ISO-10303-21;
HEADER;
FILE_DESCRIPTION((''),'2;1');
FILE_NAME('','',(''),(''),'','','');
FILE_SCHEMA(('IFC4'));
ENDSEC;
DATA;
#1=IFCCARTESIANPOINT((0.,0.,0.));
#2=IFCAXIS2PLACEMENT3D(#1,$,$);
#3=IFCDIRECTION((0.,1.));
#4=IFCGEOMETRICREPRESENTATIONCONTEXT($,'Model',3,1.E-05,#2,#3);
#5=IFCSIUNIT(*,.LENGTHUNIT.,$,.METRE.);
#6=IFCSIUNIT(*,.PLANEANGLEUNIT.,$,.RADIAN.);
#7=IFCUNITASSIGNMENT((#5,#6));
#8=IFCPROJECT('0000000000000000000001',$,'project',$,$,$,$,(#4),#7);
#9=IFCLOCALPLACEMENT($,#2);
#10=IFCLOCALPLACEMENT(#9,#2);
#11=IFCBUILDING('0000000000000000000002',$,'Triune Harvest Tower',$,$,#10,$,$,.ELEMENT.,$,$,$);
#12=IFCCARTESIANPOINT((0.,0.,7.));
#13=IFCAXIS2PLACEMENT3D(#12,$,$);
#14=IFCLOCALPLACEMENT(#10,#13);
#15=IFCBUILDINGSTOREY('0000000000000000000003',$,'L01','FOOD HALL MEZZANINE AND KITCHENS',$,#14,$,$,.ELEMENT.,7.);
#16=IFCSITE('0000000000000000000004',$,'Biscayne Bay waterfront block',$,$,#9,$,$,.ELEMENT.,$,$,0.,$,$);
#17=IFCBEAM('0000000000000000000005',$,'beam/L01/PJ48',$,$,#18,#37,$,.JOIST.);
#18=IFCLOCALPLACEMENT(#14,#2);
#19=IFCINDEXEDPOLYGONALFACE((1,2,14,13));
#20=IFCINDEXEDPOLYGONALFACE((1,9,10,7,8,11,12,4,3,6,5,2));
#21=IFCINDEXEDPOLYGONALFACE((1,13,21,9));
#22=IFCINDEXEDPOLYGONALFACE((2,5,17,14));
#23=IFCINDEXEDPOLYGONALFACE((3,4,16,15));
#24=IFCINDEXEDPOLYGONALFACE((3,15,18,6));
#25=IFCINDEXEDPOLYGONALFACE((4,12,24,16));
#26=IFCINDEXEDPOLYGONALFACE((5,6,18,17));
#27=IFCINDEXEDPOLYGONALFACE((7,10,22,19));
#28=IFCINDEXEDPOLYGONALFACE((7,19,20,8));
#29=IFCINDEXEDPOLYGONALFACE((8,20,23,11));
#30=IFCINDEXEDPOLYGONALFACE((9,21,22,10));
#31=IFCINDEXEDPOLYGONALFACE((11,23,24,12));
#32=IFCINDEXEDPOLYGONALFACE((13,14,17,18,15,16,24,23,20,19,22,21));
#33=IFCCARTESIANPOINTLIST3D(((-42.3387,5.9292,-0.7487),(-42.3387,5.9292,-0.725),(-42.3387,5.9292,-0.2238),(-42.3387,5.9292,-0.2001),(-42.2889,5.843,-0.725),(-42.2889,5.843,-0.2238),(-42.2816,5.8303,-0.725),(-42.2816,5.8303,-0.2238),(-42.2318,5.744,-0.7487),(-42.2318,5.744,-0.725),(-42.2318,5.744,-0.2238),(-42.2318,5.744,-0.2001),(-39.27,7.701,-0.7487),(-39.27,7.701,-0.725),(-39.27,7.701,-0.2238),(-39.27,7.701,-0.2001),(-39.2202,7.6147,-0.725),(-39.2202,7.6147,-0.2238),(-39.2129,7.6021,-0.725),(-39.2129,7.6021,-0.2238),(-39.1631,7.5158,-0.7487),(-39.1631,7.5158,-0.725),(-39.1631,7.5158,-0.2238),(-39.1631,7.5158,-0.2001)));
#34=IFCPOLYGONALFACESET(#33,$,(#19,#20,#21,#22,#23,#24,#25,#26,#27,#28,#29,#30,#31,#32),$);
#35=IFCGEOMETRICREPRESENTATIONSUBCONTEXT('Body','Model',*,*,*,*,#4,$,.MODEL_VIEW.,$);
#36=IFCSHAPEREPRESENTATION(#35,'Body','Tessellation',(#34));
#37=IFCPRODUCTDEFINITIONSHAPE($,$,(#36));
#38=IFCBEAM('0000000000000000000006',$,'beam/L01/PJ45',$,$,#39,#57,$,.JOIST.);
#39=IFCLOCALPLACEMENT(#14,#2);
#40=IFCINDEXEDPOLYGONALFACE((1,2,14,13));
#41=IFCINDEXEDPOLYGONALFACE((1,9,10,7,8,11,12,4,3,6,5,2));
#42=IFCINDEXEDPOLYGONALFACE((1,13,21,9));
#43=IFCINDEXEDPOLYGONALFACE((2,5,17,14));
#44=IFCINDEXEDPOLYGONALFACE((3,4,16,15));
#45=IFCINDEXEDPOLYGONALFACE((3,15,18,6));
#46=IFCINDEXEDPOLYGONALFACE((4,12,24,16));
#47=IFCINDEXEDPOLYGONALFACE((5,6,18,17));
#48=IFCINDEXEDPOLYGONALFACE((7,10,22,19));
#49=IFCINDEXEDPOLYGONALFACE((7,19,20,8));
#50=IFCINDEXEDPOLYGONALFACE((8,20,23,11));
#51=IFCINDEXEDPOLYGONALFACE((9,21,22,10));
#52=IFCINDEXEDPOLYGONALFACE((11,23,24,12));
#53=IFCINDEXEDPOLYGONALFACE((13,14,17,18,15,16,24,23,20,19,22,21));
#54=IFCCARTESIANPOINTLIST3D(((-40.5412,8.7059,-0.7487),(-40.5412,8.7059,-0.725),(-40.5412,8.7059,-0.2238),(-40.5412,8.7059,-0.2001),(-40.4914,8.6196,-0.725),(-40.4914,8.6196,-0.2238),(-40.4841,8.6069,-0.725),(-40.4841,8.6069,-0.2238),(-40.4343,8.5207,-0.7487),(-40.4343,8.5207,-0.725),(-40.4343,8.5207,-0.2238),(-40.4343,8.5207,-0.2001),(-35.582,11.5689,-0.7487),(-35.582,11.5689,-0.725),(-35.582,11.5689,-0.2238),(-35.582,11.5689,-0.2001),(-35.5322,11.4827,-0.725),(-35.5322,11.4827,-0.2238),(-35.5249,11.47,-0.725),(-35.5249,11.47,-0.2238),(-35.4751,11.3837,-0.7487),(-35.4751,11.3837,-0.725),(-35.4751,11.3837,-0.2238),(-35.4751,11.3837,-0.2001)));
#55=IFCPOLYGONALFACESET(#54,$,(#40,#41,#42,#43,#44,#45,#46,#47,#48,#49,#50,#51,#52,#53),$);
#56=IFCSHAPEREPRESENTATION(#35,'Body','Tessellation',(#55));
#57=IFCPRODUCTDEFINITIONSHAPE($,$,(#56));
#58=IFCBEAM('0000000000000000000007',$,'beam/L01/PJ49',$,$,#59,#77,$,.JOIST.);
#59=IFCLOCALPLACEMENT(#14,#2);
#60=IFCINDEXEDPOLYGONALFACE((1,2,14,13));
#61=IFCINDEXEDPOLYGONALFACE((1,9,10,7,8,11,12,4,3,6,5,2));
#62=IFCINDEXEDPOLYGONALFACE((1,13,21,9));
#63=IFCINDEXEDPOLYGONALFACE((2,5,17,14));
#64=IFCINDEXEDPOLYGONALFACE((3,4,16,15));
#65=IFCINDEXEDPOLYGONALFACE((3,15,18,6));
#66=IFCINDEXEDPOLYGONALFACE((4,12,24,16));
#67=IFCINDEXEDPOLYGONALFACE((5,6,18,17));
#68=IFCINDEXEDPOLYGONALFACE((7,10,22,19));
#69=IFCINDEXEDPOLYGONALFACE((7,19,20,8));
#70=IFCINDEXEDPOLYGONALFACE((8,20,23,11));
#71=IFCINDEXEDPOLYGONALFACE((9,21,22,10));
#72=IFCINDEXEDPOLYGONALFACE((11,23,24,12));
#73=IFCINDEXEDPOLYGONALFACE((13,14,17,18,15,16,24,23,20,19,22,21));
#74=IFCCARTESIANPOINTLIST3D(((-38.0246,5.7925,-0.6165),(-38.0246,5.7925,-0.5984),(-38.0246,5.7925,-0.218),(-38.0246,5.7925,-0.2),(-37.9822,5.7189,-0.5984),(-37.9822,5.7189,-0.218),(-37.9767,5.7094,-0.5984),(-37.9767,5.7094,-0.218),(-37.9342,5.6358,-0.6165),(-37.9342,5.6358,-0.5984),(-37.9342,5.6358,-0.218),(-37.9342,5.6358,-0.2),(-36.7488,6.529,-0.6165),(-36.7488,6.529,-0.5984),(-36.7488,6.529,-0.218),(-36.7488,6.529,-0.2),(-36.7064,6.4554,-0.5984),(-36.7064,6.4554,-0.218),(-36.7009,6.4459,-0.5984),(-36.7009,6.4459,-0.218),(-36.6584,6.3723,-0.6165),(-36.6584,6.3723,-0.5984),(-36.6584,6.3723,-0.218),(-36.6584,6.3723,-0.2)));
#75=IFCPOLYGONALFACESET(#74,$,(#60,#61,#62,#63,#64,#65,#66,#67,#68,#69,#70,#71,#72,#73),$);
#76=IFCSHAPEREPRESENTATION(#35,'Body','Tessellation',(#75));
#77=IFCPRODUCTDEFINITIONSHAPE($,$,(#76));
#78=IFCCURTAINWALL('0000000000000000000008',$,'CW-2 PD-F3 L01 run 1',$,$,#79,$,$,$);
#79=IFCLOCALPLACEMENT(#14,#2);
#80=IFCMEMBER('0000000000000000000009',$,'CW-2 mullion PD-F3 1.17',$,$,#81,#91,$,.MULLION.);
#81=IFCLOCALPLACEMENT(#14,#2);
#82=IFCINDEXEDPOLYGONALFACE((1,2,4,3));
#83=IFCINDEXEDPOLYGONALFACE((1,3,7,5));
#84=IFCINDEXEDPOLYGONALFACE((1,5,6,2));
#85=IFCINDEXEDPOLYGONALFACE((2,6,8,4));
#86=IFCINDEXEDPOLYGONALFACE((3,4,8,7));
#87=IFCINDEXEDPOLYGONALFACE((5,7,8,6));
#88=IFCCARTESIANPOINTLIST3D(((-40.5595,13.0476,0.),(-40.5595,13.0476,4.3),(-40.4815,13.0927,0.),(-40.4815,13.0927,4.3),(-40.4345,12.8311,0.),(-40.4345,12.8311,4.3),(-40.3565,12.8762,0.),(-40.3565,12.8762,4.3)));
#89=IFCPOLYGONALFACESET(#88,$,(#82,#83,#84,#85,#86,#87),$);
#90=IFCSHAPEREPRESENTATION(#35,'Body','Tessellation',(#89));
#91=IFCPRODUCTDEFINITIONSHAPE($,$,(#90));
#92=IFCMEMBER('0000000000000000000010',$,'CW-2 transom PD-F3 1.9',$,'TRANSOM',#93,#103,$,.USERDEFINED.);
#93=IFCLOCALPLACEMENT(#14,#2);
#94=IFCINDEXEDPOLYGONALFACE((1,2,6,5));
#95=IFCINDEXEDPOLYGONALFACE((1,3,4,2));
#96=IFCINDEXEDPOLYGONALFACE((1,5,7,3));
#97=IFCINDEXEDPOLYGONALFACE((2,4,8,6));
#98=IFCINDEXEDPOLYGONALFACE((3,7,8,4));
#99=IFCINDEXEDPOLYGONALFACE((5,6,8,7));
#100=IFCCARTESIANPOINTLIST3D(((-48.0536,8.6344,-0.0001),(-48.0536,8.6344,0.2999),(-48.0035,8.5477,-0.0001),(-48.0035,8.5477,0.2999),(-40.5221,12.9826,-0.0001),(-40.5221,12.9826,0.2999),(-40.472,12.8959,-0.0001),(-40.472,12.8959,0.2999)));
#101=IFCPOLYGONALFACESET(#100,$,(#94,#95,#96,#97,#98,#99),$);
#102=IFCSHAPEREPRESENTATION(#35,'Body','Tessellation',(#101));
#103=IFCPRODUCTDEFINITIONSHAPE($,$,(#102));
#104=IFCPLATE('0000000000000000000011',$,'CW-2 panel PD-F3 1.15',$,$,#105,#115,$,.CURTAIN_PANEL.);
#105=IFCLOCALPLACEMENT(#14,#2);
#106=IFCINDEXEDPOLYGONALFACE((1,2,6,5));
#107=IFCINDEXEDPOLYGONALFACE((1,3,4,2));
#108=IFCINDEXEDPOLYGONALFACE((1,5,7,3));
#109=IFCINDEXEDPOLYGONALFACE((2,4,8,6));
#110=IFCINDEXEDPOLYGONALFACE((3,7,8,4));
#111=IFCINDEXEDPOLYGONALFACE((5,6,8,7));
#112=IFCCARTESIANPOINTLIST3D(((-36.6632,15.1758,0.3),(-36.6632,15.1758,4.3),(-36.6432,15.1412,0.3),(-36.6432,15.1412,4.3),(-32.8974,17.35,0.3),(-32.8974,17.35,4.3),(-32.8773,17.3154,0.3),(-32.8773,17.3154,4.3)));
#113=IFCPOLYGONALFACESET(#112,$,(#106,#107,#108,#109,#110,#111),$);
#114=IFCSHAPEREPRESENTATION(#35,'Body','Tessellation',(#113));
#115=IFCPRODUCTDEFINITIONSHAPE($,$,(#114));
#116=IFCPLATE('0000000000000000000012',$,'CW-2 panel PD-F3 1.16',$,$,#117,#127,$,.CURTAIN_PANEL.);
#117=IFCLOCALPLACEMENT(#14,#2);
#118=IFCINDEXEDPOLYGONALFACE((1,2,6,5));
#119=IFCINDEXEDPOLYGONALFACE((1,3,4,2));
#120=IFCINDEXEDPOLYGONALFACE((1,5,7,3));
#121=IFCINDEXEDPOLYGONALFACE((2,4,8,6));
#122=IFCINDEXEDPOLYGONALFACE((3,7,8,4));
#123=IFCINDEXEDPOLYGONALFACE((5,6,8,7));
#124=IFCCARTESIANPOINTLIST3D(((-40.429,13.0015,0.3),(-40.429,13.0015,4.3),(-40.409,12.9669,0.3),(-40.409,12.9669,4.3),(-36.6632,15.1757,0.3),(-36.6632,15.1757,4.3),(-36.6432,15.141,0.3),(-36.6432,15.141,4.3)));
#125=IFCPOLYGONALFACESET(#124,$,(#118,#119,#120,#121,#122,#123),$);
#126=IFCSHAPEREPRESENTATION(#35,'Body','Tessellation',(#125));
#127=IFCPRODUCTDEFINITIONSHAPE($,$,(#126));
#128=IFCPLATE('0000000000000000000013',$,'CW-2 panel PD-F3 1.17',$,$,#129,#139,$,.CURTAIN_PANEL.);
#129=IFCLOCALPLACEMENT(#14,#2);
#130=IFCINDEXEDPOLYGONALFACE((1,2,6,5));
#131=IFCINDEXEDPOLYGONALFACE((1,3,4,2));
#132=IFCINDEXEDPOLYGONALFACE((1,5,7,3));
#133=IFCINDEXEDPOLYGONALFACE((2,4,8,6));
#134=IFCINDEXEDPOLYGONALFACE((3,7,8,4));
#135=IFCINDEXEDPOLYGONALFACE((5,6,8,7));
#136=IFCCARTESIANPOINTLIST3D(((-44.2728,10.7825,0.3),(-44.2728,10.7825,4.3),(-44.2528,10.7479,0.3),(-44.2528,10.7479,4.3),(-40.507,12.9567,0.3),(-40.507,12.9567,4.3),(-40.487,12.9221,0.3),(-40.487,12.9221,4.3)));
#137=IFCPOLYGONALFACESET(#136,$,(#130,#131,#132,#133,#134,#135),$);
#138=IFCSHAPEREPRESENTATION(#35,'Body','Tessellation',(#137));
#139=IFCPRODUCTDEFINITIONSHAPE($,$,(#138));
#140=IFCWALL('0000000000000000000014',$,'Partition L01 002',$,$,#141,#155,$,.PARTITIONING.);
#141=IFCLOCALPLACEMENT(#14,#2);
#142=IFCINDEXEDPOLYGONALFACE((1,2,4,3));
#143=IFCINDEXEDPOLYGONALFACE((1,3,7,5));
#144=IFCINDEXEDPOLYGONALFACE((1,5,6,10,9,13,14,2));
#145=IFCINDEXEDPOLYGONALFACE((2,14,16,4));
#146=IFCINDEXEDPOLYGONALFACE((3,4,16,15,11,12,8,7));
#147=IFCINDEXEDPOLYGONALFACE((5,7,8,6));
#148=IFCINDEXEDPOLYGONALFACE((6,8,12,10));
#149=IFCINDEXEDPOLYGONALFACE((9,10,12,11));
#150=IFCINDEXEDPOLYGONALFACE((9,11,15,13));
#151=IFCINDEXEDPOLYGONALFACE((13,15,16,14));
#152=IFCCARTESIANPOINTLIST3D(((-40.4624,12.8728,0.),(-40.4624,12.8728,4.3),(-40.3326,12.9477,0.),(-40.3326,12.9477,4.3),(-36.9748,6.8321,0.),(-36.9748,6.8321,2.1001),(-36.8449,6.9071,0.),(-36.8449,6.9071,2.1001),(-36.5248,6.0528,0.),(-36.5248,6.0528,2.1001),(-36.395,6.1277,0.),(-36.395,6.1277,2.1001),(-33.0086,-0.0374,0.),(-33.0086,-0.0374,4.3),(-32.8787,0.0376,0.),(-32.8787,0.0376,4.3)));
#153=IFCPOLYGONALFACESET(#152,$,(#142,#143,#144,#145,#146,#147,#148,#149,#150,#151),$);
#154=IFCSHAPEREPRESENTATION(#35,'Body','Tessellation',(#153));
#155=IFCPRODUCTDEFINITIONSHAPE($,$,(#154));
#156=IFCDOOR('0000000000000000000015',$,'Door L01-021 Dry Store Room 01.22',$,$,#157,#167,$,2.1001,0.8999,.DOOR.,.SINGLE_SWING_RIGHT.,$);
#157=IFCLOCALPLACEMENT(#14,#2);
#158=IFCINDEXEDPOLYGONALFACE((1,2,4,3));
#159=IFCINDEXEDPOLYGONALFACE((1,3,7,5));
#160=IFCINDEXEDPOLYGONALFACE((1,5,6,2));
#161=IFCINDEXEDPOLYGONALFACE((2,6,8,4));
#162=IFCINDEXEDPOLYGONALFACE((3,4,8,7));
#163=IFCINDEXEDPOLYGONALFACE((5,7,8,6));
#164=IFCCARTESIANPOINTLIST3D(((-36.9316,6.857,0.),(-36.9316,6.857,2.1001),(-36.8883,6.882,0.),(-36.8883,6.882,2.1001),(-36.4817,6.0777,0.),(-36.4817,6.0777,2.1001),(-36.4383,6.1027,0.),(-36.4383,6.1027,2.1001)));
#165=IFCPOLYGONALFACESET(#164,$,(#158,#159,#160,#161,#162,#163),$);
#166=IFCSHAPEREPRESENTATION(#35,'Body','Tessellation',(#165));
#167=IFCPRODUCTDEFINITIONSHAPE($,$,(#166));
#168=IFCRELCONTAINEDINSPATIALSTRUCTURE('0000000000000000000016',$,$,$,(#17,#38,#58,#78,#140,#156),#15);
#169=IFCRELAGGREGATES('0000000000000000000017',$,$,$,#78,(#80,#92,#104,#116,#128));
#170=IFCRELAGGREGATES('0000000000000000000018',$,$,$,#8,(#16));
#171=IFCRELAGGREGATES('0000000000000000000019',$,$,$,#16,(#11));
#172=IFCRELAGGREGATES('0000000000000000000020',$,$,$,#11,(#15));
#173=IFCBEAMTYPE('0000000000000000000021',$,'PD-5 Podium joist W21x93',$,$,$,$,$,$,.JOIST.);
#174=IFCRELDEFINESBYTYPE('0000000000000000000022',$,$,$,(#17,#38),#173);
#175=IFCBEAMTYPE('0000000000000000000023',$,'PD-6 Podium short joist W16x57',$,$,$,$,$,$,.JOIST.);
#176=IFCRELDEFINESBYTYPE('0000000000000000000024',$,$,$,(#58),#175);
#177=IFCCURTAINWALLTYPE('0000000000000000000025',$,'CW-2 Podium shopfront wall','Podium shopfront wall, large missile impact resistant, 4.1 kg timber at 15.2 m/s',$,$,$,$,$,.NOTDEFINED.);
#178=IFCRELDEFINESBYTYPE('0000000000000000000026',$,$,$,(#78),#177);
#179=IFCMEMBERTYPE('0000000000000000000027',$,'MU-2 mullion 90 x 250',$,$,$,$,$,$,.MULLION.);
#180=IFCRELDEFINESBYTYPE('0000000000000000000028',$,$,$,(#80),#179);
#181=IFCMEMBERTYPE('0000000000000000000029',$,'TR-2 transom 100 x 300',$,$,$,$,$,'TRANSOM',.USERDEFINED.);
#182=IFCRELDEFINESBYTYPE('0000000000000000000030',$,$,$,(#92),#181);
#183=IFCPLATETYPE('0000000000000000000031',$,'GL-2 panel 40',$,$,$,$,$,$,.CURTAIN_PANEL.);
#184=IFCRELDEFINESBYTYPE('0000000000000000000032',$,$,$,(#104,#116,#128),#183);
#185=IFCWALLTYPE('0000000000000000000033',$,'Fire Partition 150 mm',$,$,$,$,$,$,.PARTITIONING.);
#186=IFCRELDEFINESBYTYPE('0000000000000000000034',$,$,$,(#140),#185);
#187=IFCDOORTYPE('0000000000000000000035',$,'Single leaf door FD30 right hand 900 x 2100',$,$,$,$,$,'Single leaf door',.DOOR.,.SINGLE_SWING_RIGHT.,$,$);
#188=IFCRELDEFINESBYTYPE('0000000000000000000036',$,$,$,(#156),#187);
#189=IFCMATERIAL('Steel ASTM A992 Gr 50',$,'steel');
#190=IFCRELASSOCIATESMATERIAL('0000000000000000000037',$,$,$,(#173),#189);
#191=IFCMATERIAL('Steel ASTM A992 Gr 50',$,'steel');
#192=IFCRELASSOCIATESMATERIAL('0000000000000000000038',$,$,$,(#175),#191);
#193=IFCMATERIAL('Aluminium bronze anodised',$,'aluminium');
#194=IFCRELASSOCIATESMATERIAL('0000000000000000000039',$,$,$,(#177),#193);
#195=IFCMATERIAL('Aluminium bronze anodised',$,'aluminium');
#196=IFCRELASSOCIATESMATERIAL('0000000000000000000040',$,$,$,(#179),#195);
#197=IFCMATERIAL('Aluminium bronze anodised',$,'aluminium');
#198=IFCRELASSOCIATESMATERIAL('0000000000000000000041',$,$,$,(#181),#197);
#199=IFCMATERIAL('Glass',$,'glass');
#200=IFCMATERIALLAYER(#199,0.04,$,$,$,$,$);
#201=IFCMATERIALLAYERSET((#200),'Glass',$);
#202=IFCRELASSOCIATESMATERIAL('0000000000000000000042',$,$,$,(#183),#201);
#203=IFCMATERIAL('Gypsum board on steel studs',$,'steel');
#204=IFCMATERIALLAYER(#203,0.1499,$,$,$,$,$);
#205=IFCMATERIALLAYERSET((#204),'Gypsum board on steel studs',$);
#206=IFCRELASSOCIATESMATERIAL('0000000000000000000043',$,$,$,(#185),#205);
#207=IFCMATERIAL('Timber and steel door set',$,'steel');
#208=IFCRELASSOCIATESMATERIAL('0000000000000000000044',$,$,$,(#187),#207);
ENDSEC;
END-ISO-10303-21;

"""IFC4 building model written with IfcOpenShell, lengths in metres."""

from ifc_helpers import new_model, si_unit, direction, frame, frame_2d, origin, origin_2d, place, context, subcontext, project, spatial, rectangle, i_section, extrude, source, transform, mapped, material, layer, layer_set, material_profile, profile_set, type_object, element, fill, aggregate, save


model = new_model("IFC4")

# Units and contexts
model_context = context("Model", 3, precision=1e-05, world=origin(), true_north=direction((0.0, 1.0)))
body_context = subcontext(model_context, "Body", "Model", "MODEL_VIEW")
ifc_project = project(units=[si_unit("LENGTHUNIT", "METRE"), si_unit("PLANEANGLEUNIT", "RADIAN")], contexts=[model_context])

# Site, building, storey
site_placement = place(None, origin())
site = spatial("IfcSite", under=ifc_project, at=site_placement, Name="Biscayne Bay waterfront block", CompositionType="ELEMENT", RefElevation=0.0)
building_placement = place(site_placement, origin())
building = spatial("IfcBuilding", under=site, at=building_placement, Name="Triune Harvest Tower", CompositionType="ELEMENT")
storey_placement = place(building_placement, frame((0.0, 0.0, 7.0)))
storey = spatial("IfcBuildingStorey", under=building, at=storey_placement, Name="L01", Description="FOOD HALL MEZZANINE AND KITCHENS", CompositionType="ELEMENT", Elevation=7.0)

# Beams
ifc_material_1 = material(Name="Steel ASTM A992 Gr 50", Category="steel")
ifc_material_profile_1 = material_profile(ifc_material_1, i_section(OverallWidth=0.2139, OverallDepth=0.5486, WebThickness=0.0146, FlangeThickness=0.0237, at=origin_2d()), Name="W21x93")
ifc_profile_set_1 = profile_set([ifc_material_profile_1], Name="Steel ASTM A992 Gr 50")
beam_type_1 = type_object("IfcBeamType", Name="PD-5 Podium joist W21x93", PredefinedType="JOIST", material=ifc_profile_set_1)
shared_shape_1 = source(origin(), body_context, "Body", "SweptSolid", [
    extrude(i_section(OverallWidth=0.2139, OverallDepth=0.5486, WebThickness=0.0146, FlangeThickness=0.0237, at=origin_2d()), origin(), (0.0, 0.0, 1.0), 3.5435),
])
beam_1_placement = place(storey_placement, frame((-39.2166, 7.6084, -0.4744), z_axis=(-0.866017, -0.500015, 0.0), x_axis=(0.500015, -0.866017, 0.0)))
element("IfcBeam", 1, at=beam_1_placement, inside=storey, type_object=beam_type_1, Name="beam/L01/PJ48", PredefinedType="JOIST", context=body_context, shape_type="MappedRepresentation", body=[
    mapped(shared_shape_1, transform((0.0, 0.0, 0.0), scale=1.0)),
])
shared_shape_2 = source(origin(), body_context, "Body", "SweptSolid", [
    extrude(i_section(OverallWidth=0.2139, OverallDepth=0.5486, WebThickness=0.0146, FlangeThickness=0.0237, at=origin_2d()), origin(), (0.0, 0.0, 1.0), 5.7263),
])
beam_2_placement = place(storey_placement, frame((-35.5286, 11.4763, -0.4744), z_axis=(-0.866039, -0.499977, 0.0), x_axis=(0.499977, -0.866039, 0.0)))
element("IfcBeam", 2, at=beam_2_placement, inside=storey, type_object=beam_type_1, Name="beam/L01/PJ45", PredefinedType="JOIST", context=body_context, shape_type="MappedRepresentation", body=[
    mapped(shared_shape_2, transform((0.0, 0.0, 0.0), scale=1.0)),
])
ifc_material_2 = material(Name="Steel ASTM A992 Gr 50", Category="steel")
ifc_material_profile_2 = material_profile(ifc_material_2, i_section(OverallWidth=0.1809, OverallDepth=0.4165, WebThickness=0.011, FlangeThickness=0.0181, at=origin_2d()), Name="W16x57")
ifc_profile_set_2 = profile_set([ifc_material_profile_2], Name="Steel ASTM A992 Gr 50")
beam_type_2 = type_object("IfcBeamType", Name="PD-6 Podium short joist W16x57", PredefinedType="JOIST", material=ifc_profile_set_2)
shared_shape_3 = source(origin(), body_context, "Body", "SweptSolid", [
    extrude(i_section(OverallWidth=0.1809, OverallDepth=0.4165, WebThickness=0.011, FlangeThickness=0.0181, at=origin_2d()), origin(), (0.0, 0.0, 1.0), 1.4731),
])
beam_3_placement = place(storey_placement, frame((-36.7036, 6.4507, -0.4082), z_axis=(-0.866042, -0.499971, 0.0), x_axis=(0.499971, -0.866042, 0.0)))
element("IfcBeam", 3, at=beam_3_placement, inside=storey, type_object=beam_type_2, Name="beam/L01/PJ49", PredefinedType="JOIST", context=body_context, shape_type="MappedRepresentation", body=[
    mapped(shared_shape_3, transform((0.0, 0.0, 0.0), scale=1.0)),
])

# Curtain wall, members, plates
ifc_material_3 = material(Name="Aluminium bronze anodised", Category="aluminium")
curtain_wall_type = type_object("IfcCurtainWallType", Name="CW-2 Podium shopfront wall", Description="Podium shopfront wall, large missile impact resistant, 4.1 kg timber at 15.2 m/s", PredefinedType="NOTDEFINED", material=ifc_material_3)
curtain_wall_placement = place(storey_placement, origin())
curtain_wall = element("IfcCurtainWall", 4, at=curtain_wall_placement, inside=storey, type_object=curtain_wall_type, Name="CW-2 PD-F3 L01 run 1")
ifc_material_4 = material(Name="Aluminium bronze anodised", Category="aluminium")
ifc_material_profile_3 = material_profile(ifc_material_4, rectangle(XDim=0.25, YDim=0.0901, at=origin_2d()), Name="MU-2 mullion 90 x 250")
ifc_profile_set_3 = profile_set([ifc_material_profile_3], Name="Aluminium bronze anodised")
member_type_1 = type_object("IfcMemberType", Name="MU-2 mullion 90 x 250", PredefinedType="MULLION", material=ifc_profile_set_3)
shared_shape_4 = source(origin(), body_context, "Body", "SweptSolid", [
    extrude(rectangle(XDim=0.25, YDim=0.0901, at=origin_2d()), origin(), (0.0, 0.0, 1.0), 4.3),
])
member_1_placement = place(storey_placement, frame((-40.458, 12.9619, 0.0), z_axis=(0.0, 0.0, 1.0), x_axis=(0.5, -0.866025, 0.0)))
member_1 = element("IfcMember", 5, at=member_1_placement, type_object=member_type_1, Name="CW-2 mullion PD-F3 1.17", PredefinedType="MULLION", context=body_context, shape_type="MappedRepresentation", body=[
    mapped(shared_shape_4, transform((0.0, 0.0, 0.0), scale=1.0)),
])
ifc_material_5 = material(Name="Aluminium bronze anodised", Category="aluminium")
ifc_material_profile_4 = material_profile(ifc_material_5, rectangle(XDim=0.1001, YDim=0.3, at=origin_2d()), Name="TR-2 transom 100 x 300")
ifc_profile_set_4 = profile_set([ifc_material_profile_4], Name="Aluminium bronze anodised")
member_type_2 = type_object("IfcMemberType", Name="TR-2 transom 100 x 300", ElementType="TRANSOM", PredefinedType="USERDEFINED", material=ifc_profile_set_4)
shared_shape_5 = source(origin(), body_context, "Body", "SweptSolid", [
    extrude(rectangle(XDim=0.1001, YDim=0.3, at=origin_2d()), origin(), (0.0, 0.0, 1.0), 8.6965),
])
member_2_placement = place(storey_placement, frame((-40.4971, 12.9392, 0.1499), z_axis=(-0.866034, -0.499986, 0.0), x_axis=(0.499986, -0.866034, 0.0)))
member_2 = element("IfcMember", 6, at=member_2_placement, type_object=member_type_2, Name="CW-2 transom PD-F3 1.9", ObjectType="TRANSOM", PredefinedType="USERDEFINED", context=body_context, shape_type="MappedRepresentation", body=[
    mapped(shared_shape_5, transform((0.0, 0.0, 0.0), scale=1.0)),
])
ifc_material_6 = material(Name="Glass", Category="glass")
ifc_layer_1 = layer(ifc_material_6, 0.04)
ifc_layer_set_1 = layer_set([ifc_layer_1], Name="Glass")
plate_type = type_object("IfcPlateType", Name="GL-2 panel 40", PredefinedType="CURTAIN_PANEL", material=ifc_layer_set_1)
shared_shape_6 = source(origin(), body_context, "Body", "SweptSolid", [
    extrude(rectangle(XDim=4.3484, YDim=0.04, at=origin_2d()), origin(), (0.0, 0.0, 1.0), 4.0),
])
plate_1_placement = place(storey_placement, frame((-34.7703, 16.2456, 0.3), z_axis=(0.0, 0.0, 1.0), x_axis=(-0.866025, -0.5, 0.0)))
plate_1 = element("IfcPlate", 7, at=plate_1_placement, type_object=plate_type, Name="CW-2 panel PD-F3 1.15", PredefinedType="CURTAIN_PANEL", context=body_context, shape_type="MappedRepresentation", body=[
    mapped(shared_shape_6, transform((0.0, 0.0, 0.0), scale=1.0)),
])
plate_2_placement = place(storey_placement, frame((-38.5361, 14.0713, 0.3), z_axis=(0.0, 0.0, 1.0), x_axis=(-0.866025, -0.5, 0.0)))
plate_2 = element("IfcPlate", 8, at=plate_2_placement, type_object=plate_type, Name="CW-2 panel PD-F3 1.16", PredefinedType="CURTAIN_PANEL", context=body_context, shape_type="MappedRepresentation", body=[
    mapped(shared_shape_6, transform((0.0, 0.0, 0.0), scale=1.0)),
])
plate_3_placement = place(storey_placement, frame((-42.3799, 11.8523, 0.3), z_axis=(0.0, 0.0, 1.0), x_axis=(-0.866025, -0.5, 0.0)))
plate_3 = element("IfcPlate", 9, at=plate_3_placement, type_object=plate_type, Name="CW-2 panel PD-F3 1.17", PredefinedType="CURTAIN_PANEL", context=body_context, shape_type="MappedRepresentation", body=[
    mapped(shared_shape_6, transform((0.0, 0.0, 0.0), scale=1.0)),
])
aggregate(curtain_wall, [member_1, member_2, plate_1, plate_2, plate_3])

# Wall, opening, door
ifc_material_7 = material(Name="Gypsum board on steel studs", Category="steel")
ifc_layer_2 = layer(ifc_material_7, 0.1499)
ifc_layer_set_2 = layer_set([ifc_layer_2], Name="Gypsum board on steel studs")
wall_type_1 = type_object("IfcWallType", Name="Fire Partition 150 mm", PredefinedType="PARTITIONING", material=ifc_layer_set_2)
wall_1_placement = place(storey_placement, frame((-40.3975, 12.9102, 0.0), z_axis=(0.0, 0.0, 1.0), x_axis=(0.500009, -0.86602, 0.0)))
wall_1 = element("IfcWall", 10, at=wall_1_placement, inside=storey, type_object=wall_type_1, Name="Partition L01 002", PredefinedType="PARTITIONING", context=body_context, shape_type="SweptSolid", body=[
    extrude(rectangle(XDim=14.9075, YDim=0.1499, at=frame_2d((7.4536, 0.0))), origin(), (0.0, 0.0, 1.0), 4.3),
])
opening_placement = place(wall_1_placement, frame((6.9751, 0.0, 0.0)))
opening = element("IfcOpeningElement", 11, at=opening_placement, cuts=wall_1, PredefinedType="OPENING", context=body_context, shape_type="SweptSolid", body=[
    extrude(rectangle(XDim=0.8999, YDim=2.1001, at=frame_2d((0.45, 1.05))), frame((0.0, 0.085, 0.0), z_axis=(0.0, -1.0, 0.0), x_axis=(1.0, 0.0, 0.0)), (0.0, 0.0, 1.0), 0.1699),
])
ifc_material_8 = material(Name="Timber and steel door set", Category="steel")
door_type = type_object("IfcDoorType", Name="Single leaf door FD30 right hand 900 x 2100", ElementType="Single leaf door", OperationType="SINGLE_SWING_RIGHT", PredefinedType="DOOR", material=ifc_material_8)
door_placement = place(opening_placement, origin())
door = element("IfcDoor", 12, at=door_placement, inside=storey, type_object=door_type, Name="Door L01-021 Dry Store Room 01.22", OperationType="SINGLE_SWING_RIGHT", OverallHeight=2.1001, OverallWidth=0.8999, PredefinedType="DOOR", context=body_context, shape_type="SweptSolid", body=[
    extrude(rectangle(XDim=0.8999, YDim=2.1001, at=frame_2d((0.45, 1.05))), frame((0.0, 0.0249, 0.0), z_axis=(0.0, -1.0, 0.0), x_axis=(1.0, 0.0, 0.0)), (0.0, 0.0, 1.0), 0.05),
])
fill(opening, door)

save(model, "model.ifc")
